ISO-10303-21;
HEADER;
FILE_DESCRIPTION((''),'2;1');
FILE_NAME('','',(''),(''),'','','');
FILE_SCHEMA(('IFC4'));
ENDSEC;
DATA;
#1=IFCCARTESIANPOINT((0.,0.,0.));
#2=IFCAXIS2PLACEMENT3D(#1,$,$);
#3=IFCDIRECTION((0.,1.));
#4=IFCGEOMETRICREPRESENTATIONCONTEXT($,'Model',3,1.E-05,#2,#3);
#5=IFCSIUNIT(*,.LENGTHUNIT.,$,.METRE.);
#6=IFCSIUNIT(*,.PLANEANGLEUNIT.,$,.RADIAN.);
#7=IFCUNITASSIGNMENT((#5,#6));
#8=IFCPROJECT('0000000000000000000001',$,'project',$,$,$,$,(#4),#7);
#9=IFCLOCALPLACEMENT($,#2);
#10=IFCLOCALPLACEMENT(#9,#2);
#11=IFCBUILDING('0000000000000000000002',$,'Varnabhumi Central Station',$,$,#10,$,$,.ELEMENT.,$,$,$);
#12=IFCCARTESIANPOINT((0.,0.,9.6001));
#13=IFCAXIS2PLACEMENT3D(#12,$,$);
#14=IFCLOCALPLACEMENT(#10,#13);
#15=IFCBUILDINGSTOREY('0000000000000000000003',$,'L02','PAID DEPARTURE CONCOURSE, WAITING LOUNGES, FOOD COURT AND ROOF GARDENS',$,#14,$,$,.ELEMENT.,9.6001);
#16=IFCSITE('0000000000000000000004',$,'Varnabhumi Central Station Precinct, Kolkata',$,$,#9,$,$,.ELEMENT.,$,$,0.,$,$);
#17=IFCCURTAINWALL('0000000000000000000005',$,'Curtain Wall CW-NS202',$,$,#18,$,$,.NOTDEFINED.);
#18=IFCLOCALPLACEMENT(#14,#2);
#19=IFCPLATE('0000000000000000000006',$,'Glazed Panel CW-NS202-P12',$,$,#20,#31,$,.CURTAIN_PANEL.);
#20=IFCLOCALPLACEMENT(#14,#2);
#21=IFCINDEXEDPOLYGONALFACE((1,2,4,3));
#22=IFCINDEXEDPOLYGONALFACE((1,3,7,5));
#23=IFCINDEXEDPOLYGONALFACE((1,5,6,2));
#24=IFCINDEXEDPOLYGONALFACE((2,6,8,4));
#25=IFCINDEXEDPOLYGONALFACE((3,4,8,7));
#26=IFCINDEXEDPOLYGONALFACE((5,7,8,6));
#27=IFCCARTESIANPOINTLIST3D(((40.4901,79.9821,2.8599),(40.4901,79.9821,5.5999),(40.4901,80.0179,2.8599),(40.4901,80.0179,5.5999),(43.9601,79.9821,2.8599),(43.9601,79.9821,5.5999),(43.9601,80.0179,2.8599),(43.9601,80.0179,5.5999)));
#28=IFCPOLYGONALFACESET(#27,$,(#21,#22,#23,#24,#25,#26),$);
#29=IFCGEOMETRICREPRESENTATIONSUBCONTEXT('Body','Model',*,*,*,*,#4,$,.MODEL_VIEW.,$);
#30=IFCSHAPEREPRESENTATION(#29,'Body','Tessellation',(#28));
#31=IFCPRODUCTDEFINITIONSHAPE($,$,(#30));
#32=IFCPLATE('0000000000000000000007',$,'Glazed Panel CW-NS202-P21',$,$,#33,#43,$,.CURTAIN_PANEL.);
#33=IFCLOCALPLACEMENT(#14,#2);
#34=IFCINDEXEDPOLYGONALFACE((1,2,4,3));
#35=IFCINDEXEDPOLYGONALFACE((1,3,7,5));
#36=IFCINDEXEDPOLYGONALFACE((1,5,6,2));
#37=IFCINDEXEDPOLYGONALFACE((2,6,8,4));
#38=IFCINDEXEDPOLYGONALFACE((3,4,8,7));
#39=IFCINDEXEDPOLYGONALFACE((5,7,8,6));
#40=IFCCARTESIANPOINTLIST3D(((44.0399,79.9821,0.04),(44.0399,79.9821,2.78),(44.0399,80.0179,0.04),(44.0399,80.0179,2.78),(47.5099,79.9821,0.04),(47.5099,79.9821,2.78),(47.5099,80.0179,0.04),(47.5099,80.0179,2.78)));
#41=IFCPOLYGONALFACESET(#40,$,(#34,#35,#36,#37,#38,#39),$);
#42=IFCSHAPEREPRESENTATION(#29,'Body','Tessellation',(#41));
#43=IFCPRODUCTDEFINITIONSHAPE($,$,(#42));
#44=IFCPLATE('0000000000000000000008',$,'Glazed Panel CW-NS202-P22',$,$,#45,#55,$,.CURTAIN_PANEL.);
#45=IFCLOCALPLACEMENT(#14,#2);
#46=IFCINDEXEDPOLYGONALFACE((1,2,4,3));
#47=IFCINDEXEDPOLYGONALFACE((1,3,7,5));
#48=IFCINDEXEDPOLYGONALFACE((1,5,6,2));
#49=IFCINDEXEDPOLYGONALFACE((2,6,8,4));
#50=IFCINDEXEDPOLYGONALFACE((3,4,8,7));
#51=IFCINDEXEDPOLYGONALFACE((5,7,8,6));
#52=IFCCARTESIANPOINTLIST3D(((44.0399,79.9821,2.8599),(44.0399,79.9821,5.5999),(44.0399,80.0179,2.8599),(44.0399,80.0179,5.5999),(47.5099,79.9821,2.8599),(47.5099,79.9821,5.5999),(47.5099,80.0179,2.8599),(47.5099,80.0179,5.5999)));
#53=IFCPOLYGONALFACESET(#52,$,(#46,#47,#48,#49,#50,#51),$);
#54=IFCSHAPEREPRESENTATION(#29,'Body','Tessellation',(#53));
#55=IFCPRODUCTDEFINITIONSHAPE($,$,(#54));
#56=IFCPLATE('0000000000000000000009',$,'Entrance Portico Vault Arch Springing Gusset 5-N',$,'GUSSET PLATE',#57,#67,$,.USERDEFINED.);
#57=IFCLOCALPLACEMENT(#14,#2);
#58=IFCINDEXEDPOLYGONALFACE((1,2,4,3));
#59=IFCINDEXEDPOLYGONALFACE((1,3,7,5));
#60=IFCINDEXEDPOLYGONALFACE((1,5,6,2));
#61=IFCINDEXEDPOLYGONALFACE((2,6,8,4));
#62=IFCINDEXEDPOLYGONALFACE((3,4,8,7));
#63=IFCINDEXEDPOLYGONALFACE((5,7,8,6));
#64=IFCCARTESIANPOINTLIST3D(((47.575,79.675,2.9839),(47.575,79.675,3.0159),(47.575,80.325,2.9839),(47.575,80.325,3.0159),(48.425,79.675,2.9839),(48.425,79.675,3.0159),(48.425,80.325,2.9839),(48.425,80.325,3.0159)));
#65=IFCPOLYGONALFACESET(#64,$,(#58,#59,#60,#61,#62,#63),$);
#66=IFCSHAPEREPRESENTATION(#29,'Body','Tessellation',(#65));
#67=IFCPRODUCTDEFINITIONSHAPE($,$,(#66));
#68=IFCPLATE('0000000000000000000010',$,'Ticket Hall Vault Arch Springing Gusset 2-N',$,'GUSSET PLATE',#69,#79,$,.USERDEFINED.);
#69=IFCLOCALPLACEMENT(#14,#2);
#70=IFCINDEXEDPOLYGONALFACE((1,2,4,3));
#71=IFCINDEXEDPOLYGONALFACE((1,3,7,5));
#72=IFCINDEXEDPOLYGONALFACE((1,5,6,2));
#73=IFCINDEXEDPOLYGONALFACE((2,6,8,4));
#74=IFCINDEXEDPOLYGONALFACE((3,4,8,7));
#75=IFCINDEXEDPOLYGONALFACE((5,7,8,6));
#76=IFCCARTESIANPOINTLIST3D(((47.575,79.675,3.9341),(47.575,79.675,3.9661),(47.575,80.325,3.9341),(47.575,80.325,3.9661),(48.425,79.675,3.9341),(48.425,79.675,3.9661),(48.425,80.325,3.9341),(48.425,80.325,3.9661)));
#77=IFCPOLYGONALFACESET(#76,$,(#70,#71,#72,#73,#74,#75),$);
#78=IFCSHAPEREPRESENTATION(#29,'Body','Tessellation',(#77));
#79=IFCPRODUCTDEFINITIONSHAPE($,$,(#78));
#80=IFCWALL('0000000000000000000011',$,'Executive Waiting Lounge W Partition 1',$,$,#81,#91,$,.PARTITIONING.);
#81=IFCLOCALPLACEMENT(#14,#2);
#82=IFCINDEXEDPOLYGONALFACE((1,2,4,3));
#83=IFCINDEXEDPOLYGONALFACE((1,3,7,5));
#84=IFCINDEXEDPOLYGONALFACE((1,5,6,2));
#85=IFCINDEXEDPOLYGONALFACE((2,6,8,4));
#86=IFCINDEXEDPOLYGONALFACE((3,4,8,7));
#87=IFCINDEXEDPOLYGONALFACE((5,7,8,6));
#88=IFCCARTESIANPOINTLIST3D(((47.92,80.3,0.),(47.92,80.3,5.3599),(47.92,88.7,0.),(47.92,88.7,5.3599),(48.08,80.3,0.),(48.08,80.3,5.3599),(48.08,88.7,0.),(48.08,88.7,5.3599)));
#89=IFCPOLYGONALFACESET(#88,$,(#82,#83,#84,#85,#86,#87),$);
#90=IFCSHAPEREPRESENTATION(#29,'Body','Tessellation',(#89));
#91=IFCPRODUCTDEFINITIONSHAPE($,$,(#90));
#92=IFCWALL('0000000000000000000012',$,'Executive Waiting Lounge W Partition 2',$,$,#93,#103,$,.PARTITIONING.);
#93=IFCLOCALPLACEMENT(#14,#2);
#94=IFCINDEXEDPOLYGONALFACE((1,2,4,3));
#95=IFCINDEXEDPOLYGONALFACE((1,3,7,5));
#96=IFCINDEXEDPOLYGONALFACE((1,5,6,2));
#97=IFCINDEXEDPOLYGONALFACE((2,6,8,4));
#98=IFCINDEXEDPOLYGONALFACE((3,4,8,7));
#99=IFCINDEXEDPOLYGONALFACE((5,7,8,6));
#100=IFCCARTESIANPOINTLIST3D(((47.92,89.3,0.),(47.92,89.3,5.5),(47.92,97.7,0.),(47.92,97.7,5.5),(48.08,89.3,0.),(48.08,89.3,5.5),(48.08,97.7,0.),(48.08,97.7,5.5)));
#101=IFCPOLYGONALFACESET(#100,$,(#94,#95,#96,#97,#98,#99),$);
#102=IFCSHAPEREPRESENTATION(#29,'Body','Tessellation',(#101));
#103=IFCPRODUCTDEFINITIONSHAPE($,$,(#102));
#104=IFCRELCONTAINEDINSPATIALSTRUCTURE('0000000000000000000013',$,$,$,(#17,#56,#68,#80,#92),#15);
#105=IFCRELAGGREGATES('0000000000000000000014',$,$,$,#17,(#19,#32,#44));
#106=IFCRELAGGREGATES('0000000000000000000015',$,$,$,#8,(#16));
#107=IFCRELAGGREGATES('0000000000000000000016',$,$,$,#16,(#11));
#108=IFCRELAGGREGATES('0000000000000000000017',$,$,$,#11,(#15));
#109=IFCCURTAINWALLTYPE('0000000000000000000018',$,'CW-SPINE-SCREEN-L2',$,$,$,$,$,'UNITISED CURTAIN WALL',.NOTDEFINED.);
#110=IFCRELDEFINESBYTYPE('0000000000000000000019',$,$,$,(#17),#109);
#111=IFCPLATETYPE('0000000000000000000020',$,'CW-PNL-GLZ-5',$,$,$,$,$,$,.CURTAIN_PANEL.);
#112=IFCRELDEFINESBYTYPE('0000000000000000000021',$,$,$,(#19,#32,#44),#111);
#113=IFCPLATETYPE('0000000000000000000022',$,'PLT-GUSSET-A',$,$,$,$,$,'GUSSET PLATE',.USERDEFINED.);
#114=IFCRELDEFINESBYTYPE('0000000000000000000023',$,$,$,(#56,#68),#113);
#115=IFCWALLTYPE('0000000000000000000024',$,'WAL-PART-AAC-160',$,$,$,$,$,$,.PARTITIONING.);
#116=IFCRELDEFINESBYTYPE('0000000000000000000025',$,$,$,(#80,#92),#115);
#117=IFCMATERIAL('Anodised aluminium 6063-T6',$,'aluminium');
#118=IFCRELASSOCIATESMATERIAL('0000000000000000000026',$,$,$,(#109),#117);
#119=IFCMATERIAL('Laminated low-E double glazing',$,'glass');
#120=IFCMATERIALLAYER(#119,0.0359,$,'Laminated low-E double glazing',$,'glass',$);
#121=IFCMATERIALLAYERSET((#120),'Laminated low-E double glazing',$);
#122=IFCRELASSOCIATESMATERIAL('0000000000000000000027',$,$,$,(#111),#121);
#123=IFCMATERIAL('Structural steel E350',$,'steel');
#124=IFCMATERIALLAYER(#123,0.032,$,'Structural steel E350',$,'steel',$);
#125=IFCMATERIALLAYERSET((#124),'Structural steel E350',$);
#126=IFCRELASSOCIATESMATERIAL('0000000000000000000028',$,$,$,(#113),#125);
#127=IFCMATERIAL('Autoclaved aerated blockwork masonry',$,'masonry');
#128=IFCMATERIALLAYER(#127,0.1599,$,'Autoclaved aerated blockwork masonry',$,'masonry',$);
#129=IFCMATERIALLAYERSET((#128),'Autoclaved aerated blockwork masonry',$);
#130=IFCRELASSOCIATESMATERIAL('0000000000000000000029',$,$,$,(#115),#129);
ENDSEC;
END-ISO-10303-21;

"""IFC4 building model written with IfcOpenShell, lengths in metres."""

from ifc_helpers import new_model, si_unit, direction, frame, frame_2d, origin, origin_2d, place, context, subcontext, project, spatial, rectangle, extrude, material, layer, layer_set, type_object, element, aggregate, save


model = new_model("IFC4")

# Units and contexts
model_context = context("Model", 3, precision=1e-05, world=origin(), true_north=direction((0.0, 1.0)))
body_context = subcontext(model_context, "Body", "Model", "MODEL_VIEW")
ifc_project = project(units=[si_unit("LENGTHUNIT", "METRE"), si_unit("PLANEANGLEUNIT", "RADIAN")], contexts=[model_context])

# Site, building, storey
site_placement = place(None, origin())
site = spatial("IfcSite", under=ifc_project, at=site_placement, Name="Varnabhumi Central Station Precinct, Kolkata", CompositionType="ELEMENT", RefElevation=0.0)
building_placement = place(site_placement, origin())
building = spatial("IfcBuilding", under=site, at=building_placement, Name="Varnabhumi Central Station", CompositionType="ELEMENT")
storey_placement = place(building_placement, frame((0.0, 0.0, 9.6001)))
storey = spatial("IfcBuildingStorey", under=building, at=storey_placement, Name="L02", Description="PAID DEPARTURE CONCOURSE, WAITING LOUNGES, FOOD COURT AND ROOF GARDENS", CompositionType="ELEMENT", Elevation=9.6001)

# Shared definitions
ifc_material_1 = material(Name="Structural steel E350", Category="steel")

# Curtain wall
ifc_material_2 = material(Name="Anodised aluminium 6063-T6", Category="aluminium")
curtain_wall_type_1 = type_object("IfcCurtainWallType", Name="CW-SPINE-SCREEN-L2", ElementType="UNITISED CURTAIN WALL", PredefinedType="NOTDEFINED", material=ifc_material_2)
curtain_wall_1_placement = place(storey_placement, origin())
curtain_wall_1 = element("IfcCurtainWall", 1, at=curtain_wall_1_placement, inside=storey, type_object=curtain_wall_type_1, Name="Curtain Wall CW-NS202", PredefinedType="NOTDEFINED")

# Plates
ifc_material_3 = material(Name="Laminated low-E double glazing", Category="glass")
ifc_layer_1 = layer(ifc_material_3, 0.0359, Name="Laminated low-E double glazing", Category="glass")
ifc_layer_set_1 = layer_set([ifc_layer_1], Name="Laminated low-E double glazing")
plate_type_1 = type_object("IfcPlateType", Name="CW-PNL-GLZ-5", PredefinedType="CURTAIN_PANEL", material=ifc_layer_set_1)
plate_1_placement = place(storey_placement, frame((42.2251, 80.0, 2.8599), z_axis=(0.0, 0.0, 1.0), x_axis=(1.0, 0.0, 0.0)))
plate_1 = element("IfcPlate", 2, at=plate_1_placement, type_object=plate_type_1, Name="Glazed Panel CW-NS202-P12", PredefinedType="CURTAIN_PANEL", context=body_context, shape_type="SweptSolid", body=[
    extrude(rectangle(XDim=3.47, YDim=0.0359, at=origin_2d()), origin(), (0.0, 0.0, 1.0), 2.74),
])
plate_2_placement = place(storey_placement, frame((45.7749, 80.0, 0.04), z_axis=(0.0, 0.0, 1.0), x_axis=(1.0, 0.0, 0.0)))
plate_2 = element("IfcPlate", 3, at=plate_2_placement, type_object=plate_type_1, Name="Glazed Panel CW-NS202-P21", PredefinedType="CURTAIN_PANEL", context=body_context, shape_type="SweptSolid", body=[
    extrude(rectangle(XDim=3.47, YDim=0.0359, at=origin_2d()), origin(), (0.0, 0.0, 1.0), 2.74),
])
plate_3_placement = place(storey_placement, frame((45.7749, 80.0, 2.8599), z_axis=(0.0, 0.0, 1.0), x_axis=(1.0, 0.0, 0.0)))
plate_3 = element("IfcPlate", 4, at=plate_3_placement, type_object=plate_type_1, Name="Glazed Panel CW-NS202-P22", PredefinedType="CURTAIN_PANEL", context=body_context, shape_type="SweptSolid", body=[
    extrude(rectangle(XDim=3.47, YDim=0.0359, at=origin_2d()), origin(), (0.0, 0.0, 1.0), 2.74),
])
aggregate(curtain_wall_1, [plate_1, plate_2, plate_3])

# Plates
ifc_layer_2 = layer(ifc_material_1, 0.032, Name="Structural steel E350", Category="steel")
ifc_layer_set_2 = layer_set([ifc_layer_2], Name="Structural steel E350")
plate_type_2 = type_object("IfcPlateType", Name="PLT-GUSSET-A", ElementType="GUSSET PLATE", PredefinedType="USERDEFINED", material=ifc_layer_set_2)
for number, where, z_axis, x_axis, name in (
    (5, (48.0, 80.0, 2.9839), (0.0, 0.0, 1.0), (1.0, 0.0, 0.0), "Entrance Portico Vault Arch Springing Gusset 5-N"),
    (6, (48.0, 80.0, 3.9341), (0.0, 0.0, 1.0), (1.0, 0.0, 0.0), "Ticket Hall Vault Arch Springing Gusset 2-N"),
):
    element("IfcPlate", number, at=place(storey_placement, frame(where, z_axis=z_axis, x_axis=x_axis)), inside=storey, type_object=plate_type_2, Name=name, ObjectType="GUSSET PLATE", PredefinedType="USERDEFINED", context=body_context, shape_type="SweptSolid", body=[
        extrude(rectangle(XDim=0.8501, YDim=0.6499, at=origin_2d()), origin(), (0.0, 0.0, 1.0), 0.032),
    ])

# Walls
ifc_material_4 = material(Name="Autoclaved aerated blockwork masonry", Category="masonry")
ifc_layer_3 = layer(ifc_material_4, 0.1599, Name="Autoclaved aerated blockwork masonry", Category="masonry")
ifc_layer_set_3 = layer_set([ifc_layer_3], Name="Autoclaved aerated blockwork masonry")
wall_type = type_object("IfcWallType", Name="WAL-PART-AAC-160", PredefinedType="PARTITIONING", material=ifc_layer_set_3)
wall_1_placement = place(storey_placement, frame((48.0, 80.3, 0.0), z_axis=(0.0, 0.0, 1.0), x_axis=(0.0, 1.0, 0.0)))
element("IfcWall", 7, at=wall_1_placement, inside=storey, type_object=wall_type, Name="Executive Waiting Lounge W Partition 1", PredefinedType="PARTITIONING", context=body_context, shape_type="SweptSolid", body=[
    extrude(rectangle(XDim=8.3999, YDim=0.1599, at=frame_2d((4.2, 0.0))), origin(), (0.0, 0.0, 1.0), 5.3599),
])
wall_2_placement = place(storey_placement, frame((48.0, 89.3, 0.0), z_axis=(0.0, 0.0, 1.0), x_axis=(0.0, 1.0, 0.0)))
element("IfcWall", 8, at=wall_2_placement, inside=storey, type_object=wall_type, Name="Executive Waiting Lounge W Partition 2", PredefinedType="PARTITIONING", context=body_context, shape_type="SweptSolid", body=[
    extrude(rectangle(XDim=8.3999, YDim=0.1599, at=frame_2d((4.2, 0.0))), origin(), (0.0, 0.0, 1.0), 5.5),
])

save(model, "model.ifc")
